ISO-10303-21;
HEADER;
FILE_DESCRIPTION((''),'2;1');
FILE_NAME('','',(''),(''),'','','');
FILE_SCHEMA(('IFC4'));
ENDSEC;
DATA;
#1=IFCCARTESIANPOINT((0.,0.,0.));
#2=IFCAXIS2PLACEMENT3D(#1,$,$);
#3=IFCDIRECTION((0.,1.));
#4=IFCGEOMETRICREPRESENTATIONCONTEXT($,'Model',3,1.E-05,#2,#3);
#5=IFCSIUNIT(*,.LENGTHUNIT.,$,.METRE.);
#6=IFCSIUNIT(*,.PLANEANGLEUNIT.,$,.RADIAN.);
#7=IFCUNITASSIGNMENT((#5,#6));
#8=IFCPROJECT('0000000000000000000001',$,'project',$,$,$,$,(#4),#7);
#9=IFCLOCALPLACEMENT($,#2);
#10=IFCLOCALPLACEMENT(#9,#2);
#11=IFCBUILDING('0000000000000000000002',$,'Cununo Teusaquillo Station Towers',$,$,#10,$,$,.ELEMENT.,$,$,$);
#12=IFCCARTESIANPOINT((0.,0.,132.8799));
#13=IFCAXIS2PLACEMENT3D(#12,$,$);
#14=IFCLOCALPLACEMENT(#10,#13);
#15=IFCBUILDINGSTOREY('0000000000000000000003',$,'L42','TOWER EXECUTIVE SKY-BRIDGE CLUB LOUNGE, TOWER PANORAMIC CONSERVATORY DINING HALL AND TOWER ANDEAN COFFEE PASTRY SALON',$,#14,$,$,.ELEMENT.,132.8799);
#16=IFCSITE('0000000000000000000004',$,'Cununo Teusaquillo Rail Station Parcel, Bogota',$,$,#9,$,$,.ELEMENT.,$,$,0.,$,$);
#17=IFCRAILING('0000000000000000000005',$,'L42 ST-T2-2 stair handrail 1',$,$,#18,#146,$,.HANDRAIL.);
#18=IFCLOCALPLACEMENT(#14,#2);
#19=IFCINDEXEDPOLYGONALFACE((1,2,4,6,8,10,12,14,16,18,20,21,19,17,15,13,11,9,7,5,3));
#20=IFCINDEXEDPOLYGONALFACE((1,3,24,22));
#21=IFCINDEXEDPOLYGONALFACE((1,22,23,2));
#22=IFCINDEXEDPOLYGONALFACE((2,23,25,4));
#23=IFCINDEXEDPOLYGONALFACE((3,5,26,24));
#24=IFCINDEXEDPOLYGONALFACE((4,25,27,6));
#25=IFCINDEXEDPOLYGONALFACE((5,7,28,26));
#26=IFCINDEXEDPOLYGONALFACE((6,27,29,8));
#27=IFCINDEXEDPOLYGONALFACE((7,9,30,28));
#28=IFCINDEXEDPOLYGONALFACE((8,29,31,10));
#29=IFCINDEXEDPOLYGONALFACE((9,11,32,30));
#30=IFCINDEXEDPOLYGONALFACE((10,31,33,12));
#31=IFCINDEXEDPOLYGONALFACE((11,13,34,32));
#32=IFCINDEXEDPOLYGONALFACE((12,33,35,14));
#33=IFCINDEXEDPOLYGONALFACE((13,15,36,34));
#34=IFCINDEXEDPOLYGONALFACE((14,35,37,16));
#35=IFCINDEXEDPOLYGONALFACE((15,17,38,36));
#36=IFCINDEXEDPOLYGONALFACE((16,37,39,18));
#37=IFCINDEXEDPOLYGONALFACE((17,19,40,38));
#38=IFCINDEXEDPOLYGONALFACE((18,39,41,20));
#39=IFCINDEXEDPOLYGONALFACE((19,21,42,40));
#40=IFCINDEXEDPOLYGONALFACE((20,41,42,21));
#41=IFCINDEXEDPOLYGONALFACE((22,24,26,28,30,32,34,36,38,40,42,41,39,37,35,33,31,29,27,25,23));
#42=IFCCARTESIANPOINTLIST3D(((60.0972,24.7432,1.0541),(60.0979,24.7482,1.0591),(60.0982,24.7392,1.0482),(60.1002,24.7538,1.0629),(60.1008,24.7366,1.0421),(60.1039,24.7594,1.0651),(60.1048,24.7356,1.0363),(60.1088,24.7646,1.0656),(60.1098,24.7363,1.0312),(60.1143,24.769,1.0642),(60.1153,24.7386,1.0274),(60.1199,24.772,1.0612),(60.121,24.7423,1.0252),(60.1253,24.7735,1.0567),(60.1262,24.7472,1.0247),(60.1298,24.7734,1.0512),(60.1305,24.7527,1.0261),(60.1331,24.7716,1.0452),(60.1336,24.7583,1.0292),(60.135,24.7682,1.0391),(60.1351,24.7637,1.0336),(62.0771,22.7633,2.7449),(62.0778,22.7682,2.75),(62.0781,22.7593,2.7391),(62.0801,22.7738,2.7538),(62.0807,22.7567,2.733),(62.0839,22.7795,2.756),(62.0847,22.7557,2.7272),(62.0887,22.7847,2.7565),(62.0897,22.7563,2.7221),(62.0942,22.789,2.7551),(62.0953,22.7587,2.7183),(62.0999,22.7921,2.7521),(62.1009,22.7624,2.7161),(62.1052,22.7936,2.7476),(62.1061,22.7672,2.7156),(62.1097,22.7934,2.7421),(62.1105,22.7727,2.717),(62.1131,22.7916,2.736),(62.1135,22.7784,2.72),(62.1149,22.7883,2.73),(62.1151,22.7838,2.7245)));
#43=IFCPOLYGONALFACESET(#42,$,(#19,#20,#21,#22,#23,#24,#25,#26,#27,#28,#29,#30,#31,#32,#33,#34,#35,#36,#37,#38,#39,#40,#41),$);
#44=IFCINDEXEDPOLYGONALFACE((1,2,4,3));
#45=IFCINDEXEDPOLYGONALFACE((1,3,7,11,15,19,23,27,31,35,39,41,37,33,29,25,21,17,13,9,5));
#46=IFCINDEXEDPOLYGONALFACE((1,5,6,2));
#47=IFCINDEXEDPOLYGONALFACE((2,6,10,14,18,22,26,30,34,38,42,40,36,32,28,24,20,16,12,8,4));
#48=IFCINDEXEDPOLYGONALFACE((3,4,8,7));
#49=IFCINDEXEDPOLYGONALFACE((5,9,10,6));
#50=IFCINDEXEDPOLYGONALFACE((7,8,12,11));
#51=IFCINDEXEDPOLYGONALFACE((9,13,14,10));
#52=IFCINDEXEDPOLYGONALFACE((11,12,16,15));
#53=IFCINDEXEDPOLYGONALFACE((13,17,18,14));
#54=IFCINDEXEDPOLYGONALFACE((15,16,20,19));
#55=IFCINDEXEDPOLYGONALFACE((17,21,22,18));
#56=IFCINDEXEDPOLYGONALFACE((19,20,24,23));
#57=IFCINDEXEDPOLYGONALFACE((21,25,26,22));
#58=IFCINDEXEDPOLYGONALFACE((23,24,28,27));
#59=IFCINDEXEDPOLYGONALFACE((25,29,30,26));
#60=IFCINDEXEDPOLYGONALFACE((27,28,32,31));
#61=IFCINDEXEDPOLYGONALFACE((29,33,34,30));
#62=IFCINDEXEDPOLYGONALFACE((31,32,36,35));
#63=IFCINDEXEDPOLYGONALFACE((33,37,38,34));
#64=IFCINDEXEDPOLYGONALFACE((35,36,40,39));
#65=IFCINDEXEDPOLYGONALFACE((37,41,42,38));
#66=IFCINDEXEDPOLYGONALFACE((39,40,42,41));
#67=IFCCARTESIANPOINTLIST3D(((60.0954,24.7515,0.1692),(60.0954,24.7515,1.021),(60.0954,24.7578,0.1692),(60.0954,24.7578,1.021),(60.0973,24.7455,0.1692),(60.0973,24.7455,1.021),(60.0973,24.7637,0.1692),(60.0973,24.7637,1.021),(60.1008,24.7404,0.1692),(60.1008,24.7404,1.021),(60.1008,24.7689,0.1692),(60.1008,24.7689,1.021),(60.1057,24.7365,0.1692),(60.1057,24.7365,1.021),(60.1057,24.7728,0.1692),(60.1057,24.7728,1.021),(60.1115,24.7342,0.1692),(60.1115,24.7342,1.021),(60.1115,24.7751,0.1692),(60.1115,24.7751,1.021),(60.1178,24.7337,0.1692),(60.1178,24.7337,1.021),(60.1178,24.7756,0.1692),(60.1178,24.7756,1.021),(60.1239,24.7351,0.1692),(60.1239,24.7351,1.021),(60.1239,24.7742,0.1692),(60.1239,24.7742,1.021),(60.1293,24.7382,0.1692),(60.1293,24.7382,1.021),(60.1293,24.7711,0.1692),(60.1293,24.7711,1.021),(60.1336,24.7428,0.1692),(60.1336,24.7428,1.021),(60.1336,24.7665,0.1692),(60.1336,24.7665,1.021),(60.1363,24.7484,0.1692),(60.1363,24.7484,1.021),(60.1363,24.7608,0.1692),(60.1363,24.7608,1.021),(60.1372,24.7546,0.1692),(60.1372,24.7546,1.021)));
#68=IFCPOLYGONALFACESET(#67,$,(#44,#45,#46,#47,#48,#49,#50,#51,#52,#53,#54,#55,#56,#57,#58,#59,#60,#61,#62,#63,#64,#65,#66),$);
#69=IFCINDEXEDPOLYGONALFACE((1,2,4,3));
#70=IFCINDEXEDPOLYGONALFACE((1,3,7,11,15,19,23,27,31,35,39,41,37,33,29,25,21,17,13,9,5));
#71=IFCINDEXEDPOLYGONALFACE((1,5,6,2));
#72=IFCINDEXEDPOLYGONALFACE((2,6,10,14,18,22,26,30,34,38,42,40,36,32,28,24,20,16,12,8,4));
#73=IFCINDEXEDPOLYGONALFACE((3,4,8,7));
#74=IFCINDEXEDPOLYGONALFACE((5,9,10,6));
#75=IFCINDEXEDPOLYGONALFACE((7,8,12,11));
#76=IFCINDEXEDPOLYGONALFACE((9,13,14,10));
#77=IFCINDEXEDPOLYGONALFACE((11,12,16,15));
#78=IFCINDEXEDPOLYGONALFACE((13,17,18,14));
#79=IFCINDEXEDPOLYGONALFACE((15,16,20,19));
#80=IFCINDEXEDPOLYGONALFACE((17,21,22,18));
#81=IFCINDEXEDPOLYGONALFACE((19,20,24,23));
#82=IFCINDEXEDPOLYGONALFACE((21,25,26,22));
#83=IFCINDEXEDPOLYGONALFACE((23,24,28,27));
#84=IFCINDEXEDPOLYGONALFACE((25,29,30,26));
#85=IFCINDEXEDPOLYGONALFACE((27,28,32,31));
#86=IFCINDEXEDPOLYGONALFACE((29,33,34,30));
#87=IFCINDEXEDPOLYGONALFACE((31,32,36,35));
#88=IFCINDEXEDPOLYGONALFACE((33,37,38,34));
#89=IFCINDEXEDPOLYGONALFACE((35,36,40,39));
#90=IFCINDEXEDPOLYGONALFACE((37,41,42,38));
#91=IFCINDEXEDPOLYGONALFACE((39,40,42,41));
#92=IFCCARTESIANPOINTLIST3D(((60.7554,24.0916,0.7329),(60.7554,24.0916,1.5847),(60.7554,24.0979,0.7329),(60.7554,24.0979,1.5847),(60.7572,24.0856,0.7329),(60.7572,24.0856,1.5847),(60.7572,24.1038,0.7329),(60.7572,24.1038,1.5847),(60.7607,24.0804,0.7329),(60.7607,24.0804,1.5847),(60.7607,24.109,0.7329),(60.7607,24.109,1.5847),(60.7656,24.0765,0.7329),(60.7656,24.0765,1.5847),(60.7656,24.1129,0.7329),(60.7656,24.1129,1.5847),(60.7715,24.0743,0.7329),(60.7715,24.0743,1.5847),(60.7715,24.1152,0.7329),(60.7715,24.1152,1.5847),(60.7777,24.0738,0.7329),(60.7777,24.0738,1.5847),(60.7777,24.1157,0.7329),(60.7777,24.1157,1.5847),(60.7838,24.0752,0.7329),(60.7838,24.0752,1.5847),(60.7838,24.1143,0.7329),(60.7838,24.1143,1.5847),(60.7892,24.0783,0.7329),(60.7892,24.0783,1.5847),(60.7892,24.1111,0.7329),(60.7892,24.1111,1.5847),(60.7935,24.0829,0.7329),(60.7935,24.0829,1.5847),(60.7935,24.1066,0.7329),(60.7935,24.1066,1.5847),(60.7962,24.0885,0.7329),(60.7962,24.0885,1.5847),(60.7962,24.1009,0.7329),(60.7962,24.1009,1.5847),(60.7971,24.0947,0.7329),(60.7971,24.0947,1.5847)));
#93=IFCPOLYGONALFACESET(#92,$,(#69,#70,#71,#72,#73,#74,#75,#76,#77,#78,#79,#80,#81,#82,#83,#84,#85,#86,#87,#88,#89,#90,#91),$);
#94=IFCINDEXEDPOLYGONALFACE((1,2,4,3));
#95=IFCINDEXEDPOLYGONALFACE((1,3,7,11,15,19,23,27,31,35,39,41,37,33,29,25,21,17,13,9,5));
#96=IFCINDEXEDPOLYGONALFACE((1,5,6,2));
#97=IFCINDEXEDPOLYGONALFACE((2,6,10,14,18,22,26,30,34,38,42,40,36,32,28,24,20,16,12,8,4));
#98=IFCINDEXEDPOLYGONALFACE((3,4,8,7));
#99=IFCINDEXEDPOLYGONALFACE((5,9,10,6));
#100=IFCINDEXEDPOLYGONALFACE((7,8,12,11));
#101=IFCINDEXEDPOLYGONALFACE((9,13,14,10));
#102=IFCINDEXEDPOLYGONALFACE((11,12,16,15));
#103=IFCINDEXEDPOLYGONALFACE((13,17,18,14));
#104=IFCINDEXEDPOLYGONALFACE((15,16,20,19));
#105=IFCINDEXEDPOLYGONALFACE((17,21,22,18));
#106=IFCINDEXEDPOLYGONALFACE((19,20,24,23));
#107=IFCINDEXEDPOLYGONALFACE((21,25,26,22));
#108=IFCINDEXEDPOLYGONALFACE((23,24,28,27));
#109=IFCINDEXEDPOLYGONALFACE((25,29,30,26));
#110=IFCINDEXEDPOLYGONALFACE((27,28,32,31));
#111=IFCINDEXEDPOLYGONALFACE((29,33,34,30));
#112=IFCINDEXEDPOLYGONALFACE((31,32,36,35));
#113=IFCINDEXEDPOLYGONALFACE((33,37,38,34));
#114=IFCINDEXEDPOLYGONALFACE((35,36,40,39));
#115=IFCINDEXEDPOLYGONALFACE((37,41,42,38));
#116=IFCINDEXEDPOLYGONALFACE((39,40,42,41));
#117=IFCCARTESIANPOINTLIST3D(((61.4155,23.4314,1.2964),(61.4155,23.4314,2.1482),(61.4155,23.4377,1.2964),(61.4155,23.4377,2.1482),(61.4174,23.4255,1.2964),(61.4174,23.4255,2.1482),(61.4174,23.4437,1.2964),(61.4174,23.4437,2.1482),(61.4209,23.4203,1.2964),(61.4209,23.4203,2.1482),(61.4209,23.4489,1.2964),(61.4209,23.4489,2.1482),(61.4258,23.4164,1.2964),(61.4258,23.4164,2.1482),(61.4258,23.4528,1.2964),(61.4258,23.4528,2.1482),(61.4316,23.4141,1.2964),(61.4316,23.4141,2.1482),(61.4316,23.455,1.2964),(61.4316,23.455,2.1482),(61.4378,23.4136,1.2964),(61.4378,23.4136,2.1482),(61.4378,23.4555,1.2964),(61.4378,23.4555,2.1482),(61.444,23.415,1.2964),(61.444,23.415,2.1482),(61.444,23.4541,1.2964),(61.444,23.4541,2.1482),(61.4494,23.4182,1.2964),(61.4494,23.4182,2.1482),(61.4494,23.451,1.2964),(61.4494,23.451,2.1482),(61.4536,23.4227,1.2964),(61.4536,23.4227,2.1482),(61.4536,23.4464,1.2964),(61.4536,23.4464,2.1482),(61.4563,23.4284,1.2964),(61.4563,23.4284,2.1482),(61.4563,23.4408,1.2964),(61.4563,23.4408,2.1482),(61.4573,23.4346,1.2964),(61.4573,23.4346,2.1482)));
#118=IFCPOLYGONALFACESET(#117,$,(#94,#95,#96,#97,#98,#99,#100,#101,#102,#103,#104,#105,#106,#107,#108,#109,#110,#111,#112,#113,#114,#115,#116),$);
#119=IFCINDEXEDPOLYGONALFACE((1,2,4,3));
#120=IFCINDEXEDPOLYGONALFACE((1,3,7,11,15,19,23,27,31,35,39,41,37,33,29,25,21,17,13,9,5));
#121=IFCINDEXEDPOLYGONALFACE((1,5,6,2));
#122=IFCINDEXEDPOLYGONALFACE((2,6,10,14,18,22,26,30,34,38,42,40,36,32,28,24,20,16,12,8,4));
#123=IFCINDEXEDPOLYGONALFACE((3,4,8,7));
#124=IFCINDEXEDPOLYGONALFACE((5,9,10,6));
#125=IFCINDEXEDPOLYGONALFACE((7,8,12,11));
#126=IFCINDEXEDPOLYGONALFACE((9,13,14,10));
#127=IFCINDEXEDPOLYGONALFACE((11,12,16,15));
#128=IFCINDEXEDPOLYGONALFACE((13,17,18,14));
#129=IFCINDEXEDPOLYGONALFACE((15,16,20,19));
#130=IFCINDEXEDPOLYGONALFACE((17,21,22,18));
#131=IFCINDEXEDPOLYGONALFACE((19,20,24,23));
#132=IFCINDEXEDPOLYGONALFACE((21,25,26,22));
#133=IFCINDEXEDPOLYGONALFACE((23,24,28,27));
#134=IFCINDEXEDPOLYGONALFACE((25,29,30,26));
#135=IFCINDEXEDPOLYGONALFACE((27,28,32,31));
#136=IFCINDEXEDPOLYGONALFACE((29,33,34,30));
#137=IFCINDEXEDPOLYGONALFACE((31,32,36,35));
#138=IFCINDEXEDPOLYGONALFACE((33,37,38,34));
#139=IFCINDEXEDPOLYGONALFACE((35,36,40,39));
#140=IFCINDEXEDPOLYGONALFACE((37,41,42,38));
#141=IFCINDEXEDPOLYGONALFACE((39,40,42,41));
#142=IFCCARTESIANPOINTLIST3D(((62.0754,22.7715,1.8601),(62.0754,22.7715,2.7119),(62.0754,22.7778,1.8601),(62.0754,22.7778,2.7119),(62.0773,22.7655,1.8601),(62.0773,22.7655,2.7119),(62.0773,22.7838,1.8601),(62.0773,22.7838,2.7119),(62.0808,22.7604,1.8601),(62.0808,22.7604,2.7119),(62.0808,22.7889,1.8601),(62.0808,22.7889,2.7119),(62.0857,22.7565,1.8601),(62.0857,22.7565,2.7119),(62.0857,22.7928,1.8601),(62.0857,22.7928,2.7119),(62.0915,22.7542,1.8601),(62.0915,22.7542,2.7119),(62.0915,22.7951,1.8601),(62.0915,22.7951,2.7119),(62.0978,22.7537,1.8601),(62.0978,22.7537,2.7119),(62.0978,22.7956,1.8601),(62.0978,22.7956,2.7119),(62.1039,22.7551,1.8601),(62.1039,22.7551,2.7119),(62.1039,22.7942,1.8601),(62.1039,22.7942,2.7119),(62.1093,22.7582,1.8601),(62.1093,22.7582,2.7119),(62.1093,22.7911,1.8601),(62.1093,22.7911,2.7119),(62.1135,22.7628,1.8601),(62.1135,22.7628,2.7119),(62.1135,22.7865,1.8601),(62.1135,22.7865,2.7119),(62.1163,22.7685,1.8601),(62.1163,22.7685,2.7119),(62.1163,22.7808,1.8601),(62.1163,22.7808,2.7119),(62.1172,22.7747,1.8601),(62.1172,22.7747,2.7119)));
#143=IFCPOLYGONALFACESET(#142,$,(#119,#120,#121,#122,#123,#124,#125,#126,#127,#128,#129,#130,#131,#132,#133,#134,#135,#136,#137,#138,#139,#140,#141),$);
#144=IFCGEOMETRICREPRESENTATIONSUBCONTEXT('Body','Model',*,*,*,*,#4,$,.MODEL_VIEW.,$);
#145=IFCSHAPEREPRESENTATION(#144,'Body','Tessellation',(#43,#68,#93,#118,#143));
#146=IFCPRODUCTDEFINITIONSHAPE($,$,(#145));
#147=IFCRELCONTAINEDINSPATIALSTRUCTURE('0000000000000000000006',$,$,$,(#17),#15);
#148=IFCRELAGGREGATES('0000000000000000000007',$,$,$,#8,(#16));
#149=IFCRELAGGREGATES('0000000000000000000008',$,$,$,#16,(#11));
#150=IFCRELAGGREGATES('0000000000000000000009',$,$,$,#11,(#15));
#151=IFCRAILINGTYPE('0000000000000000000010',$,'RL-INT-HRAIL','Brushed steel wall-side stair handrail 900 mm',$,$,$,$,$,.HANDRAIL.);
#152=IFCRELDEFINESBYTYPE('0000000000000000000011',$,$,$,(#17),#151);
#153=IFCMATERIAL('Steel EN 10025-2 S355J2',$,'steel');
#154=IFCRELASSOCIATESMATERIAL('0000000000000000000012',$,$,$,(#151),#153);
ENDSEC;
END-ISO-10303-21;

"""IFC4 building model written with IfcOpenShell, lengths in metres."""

from ifc_helpers import new_model, si_unit, direction, frame, origin, origin_2d, place, context, subcontext, project, spatial, circle, extrude, material, type_object, element, save


model = new_model("IFC4")

# Units and contexts
model_context = context("Model", 3, precision=1e-05, world=origin(), true_north=direction((0.0, 1.0)))
body_context = subcontext(model_context, "Body", "Model", "MODEL_VIEW")
ifc_project = project(units=[si_unit("LENGTHUNIT", "METRE"), si_unit("PLANEANGLEUNIT", "RADIAN")], contexts=[model_context])

# Site, building, storey
site_placement = place(None, origin())
site = spatial("IfcSite", under=ifc_project, at=site_placement, Name="Cununo Teusaquillo Rail Station Parcel, Bogota", CompositionType="ELEMENT", RefElevation=0.0)
building_placement = place(site_placement, origin())
building = spatial("IfcBuilding", under=site, at=building_placement, Name="Cununo Teusaquillo Station Towers", CompositionType="ELEMENT")
storey_placement = place(building_placement, frame((0.0, 0.0, 132.8799)))
storey = spatial("IfcBuildingStorey", under=building, at=storey_placement, Name="L42", Description="TOWER EXECUTIVE SKY-BRIDGE CLUB LOUNGE, TOWER PANORAMIC CONSERVATORY DINING HALL AND TOWER ANDEAN COFFEE PASTRY SALON", CompositionType="ELEMENT", Elevation=132.8799)

# Railing
ifc_material_1 = material(Name="Steel EN 10025-2 S355J2", Category="steel")
railing_type_1 = type_object("IfcRailingType", Name="RL-INT-HRAIL", Description="Brushed steel wall-side stair handrail 900 mm", PredefinedType="HANDRAIL", material=ifc_material_1)
railing_1_placement = place(storey_placement, frame((60.1162, 24.7546, 0.1692)))
element("IfcRailing", 1, at=railing_1_placement, inside=storey, type_object=railing_type_1, Name="L42 ST-T2-2 stair handrail 1", PredefinedType="HANDRAIL", context=body_context, shape_type="SweptSolid", body=[
    extrude(circle(Radius=0.0239, at=origin_2d()), frame((0.0, 0.0, 0.876), z_axis=(0.605302, -0.605302, 0.516932), x_axis=(0.707107, 0.707107, 0.0)), (0.0, 0.0, 1.0), 3.271),
    extrude(circle(Radius=0.021, at=origin_2d()), origin(), (0.0, 0.0, 1.0), 0.8518),
    extrude(circle(Radius=0.021, at=origin_2d()), frame((0.6599, -0.6599, 0.5637)), (0.0, 0.0, 1.0), 0.8518),
    extrude(circle(Radius=0.021, at=origin_2d()), frame((1.3201, -1.3201, 1.1272)), (0.0, 0.0, 1.0), 0.8518),
    extrude(circle(Radius=0.021, at=origin_2d()), frame((1.98, -1.98, 1.6909)), (0.0, 0.0, 1.0), 0.8518),
])

save(model, "model.ifc")
